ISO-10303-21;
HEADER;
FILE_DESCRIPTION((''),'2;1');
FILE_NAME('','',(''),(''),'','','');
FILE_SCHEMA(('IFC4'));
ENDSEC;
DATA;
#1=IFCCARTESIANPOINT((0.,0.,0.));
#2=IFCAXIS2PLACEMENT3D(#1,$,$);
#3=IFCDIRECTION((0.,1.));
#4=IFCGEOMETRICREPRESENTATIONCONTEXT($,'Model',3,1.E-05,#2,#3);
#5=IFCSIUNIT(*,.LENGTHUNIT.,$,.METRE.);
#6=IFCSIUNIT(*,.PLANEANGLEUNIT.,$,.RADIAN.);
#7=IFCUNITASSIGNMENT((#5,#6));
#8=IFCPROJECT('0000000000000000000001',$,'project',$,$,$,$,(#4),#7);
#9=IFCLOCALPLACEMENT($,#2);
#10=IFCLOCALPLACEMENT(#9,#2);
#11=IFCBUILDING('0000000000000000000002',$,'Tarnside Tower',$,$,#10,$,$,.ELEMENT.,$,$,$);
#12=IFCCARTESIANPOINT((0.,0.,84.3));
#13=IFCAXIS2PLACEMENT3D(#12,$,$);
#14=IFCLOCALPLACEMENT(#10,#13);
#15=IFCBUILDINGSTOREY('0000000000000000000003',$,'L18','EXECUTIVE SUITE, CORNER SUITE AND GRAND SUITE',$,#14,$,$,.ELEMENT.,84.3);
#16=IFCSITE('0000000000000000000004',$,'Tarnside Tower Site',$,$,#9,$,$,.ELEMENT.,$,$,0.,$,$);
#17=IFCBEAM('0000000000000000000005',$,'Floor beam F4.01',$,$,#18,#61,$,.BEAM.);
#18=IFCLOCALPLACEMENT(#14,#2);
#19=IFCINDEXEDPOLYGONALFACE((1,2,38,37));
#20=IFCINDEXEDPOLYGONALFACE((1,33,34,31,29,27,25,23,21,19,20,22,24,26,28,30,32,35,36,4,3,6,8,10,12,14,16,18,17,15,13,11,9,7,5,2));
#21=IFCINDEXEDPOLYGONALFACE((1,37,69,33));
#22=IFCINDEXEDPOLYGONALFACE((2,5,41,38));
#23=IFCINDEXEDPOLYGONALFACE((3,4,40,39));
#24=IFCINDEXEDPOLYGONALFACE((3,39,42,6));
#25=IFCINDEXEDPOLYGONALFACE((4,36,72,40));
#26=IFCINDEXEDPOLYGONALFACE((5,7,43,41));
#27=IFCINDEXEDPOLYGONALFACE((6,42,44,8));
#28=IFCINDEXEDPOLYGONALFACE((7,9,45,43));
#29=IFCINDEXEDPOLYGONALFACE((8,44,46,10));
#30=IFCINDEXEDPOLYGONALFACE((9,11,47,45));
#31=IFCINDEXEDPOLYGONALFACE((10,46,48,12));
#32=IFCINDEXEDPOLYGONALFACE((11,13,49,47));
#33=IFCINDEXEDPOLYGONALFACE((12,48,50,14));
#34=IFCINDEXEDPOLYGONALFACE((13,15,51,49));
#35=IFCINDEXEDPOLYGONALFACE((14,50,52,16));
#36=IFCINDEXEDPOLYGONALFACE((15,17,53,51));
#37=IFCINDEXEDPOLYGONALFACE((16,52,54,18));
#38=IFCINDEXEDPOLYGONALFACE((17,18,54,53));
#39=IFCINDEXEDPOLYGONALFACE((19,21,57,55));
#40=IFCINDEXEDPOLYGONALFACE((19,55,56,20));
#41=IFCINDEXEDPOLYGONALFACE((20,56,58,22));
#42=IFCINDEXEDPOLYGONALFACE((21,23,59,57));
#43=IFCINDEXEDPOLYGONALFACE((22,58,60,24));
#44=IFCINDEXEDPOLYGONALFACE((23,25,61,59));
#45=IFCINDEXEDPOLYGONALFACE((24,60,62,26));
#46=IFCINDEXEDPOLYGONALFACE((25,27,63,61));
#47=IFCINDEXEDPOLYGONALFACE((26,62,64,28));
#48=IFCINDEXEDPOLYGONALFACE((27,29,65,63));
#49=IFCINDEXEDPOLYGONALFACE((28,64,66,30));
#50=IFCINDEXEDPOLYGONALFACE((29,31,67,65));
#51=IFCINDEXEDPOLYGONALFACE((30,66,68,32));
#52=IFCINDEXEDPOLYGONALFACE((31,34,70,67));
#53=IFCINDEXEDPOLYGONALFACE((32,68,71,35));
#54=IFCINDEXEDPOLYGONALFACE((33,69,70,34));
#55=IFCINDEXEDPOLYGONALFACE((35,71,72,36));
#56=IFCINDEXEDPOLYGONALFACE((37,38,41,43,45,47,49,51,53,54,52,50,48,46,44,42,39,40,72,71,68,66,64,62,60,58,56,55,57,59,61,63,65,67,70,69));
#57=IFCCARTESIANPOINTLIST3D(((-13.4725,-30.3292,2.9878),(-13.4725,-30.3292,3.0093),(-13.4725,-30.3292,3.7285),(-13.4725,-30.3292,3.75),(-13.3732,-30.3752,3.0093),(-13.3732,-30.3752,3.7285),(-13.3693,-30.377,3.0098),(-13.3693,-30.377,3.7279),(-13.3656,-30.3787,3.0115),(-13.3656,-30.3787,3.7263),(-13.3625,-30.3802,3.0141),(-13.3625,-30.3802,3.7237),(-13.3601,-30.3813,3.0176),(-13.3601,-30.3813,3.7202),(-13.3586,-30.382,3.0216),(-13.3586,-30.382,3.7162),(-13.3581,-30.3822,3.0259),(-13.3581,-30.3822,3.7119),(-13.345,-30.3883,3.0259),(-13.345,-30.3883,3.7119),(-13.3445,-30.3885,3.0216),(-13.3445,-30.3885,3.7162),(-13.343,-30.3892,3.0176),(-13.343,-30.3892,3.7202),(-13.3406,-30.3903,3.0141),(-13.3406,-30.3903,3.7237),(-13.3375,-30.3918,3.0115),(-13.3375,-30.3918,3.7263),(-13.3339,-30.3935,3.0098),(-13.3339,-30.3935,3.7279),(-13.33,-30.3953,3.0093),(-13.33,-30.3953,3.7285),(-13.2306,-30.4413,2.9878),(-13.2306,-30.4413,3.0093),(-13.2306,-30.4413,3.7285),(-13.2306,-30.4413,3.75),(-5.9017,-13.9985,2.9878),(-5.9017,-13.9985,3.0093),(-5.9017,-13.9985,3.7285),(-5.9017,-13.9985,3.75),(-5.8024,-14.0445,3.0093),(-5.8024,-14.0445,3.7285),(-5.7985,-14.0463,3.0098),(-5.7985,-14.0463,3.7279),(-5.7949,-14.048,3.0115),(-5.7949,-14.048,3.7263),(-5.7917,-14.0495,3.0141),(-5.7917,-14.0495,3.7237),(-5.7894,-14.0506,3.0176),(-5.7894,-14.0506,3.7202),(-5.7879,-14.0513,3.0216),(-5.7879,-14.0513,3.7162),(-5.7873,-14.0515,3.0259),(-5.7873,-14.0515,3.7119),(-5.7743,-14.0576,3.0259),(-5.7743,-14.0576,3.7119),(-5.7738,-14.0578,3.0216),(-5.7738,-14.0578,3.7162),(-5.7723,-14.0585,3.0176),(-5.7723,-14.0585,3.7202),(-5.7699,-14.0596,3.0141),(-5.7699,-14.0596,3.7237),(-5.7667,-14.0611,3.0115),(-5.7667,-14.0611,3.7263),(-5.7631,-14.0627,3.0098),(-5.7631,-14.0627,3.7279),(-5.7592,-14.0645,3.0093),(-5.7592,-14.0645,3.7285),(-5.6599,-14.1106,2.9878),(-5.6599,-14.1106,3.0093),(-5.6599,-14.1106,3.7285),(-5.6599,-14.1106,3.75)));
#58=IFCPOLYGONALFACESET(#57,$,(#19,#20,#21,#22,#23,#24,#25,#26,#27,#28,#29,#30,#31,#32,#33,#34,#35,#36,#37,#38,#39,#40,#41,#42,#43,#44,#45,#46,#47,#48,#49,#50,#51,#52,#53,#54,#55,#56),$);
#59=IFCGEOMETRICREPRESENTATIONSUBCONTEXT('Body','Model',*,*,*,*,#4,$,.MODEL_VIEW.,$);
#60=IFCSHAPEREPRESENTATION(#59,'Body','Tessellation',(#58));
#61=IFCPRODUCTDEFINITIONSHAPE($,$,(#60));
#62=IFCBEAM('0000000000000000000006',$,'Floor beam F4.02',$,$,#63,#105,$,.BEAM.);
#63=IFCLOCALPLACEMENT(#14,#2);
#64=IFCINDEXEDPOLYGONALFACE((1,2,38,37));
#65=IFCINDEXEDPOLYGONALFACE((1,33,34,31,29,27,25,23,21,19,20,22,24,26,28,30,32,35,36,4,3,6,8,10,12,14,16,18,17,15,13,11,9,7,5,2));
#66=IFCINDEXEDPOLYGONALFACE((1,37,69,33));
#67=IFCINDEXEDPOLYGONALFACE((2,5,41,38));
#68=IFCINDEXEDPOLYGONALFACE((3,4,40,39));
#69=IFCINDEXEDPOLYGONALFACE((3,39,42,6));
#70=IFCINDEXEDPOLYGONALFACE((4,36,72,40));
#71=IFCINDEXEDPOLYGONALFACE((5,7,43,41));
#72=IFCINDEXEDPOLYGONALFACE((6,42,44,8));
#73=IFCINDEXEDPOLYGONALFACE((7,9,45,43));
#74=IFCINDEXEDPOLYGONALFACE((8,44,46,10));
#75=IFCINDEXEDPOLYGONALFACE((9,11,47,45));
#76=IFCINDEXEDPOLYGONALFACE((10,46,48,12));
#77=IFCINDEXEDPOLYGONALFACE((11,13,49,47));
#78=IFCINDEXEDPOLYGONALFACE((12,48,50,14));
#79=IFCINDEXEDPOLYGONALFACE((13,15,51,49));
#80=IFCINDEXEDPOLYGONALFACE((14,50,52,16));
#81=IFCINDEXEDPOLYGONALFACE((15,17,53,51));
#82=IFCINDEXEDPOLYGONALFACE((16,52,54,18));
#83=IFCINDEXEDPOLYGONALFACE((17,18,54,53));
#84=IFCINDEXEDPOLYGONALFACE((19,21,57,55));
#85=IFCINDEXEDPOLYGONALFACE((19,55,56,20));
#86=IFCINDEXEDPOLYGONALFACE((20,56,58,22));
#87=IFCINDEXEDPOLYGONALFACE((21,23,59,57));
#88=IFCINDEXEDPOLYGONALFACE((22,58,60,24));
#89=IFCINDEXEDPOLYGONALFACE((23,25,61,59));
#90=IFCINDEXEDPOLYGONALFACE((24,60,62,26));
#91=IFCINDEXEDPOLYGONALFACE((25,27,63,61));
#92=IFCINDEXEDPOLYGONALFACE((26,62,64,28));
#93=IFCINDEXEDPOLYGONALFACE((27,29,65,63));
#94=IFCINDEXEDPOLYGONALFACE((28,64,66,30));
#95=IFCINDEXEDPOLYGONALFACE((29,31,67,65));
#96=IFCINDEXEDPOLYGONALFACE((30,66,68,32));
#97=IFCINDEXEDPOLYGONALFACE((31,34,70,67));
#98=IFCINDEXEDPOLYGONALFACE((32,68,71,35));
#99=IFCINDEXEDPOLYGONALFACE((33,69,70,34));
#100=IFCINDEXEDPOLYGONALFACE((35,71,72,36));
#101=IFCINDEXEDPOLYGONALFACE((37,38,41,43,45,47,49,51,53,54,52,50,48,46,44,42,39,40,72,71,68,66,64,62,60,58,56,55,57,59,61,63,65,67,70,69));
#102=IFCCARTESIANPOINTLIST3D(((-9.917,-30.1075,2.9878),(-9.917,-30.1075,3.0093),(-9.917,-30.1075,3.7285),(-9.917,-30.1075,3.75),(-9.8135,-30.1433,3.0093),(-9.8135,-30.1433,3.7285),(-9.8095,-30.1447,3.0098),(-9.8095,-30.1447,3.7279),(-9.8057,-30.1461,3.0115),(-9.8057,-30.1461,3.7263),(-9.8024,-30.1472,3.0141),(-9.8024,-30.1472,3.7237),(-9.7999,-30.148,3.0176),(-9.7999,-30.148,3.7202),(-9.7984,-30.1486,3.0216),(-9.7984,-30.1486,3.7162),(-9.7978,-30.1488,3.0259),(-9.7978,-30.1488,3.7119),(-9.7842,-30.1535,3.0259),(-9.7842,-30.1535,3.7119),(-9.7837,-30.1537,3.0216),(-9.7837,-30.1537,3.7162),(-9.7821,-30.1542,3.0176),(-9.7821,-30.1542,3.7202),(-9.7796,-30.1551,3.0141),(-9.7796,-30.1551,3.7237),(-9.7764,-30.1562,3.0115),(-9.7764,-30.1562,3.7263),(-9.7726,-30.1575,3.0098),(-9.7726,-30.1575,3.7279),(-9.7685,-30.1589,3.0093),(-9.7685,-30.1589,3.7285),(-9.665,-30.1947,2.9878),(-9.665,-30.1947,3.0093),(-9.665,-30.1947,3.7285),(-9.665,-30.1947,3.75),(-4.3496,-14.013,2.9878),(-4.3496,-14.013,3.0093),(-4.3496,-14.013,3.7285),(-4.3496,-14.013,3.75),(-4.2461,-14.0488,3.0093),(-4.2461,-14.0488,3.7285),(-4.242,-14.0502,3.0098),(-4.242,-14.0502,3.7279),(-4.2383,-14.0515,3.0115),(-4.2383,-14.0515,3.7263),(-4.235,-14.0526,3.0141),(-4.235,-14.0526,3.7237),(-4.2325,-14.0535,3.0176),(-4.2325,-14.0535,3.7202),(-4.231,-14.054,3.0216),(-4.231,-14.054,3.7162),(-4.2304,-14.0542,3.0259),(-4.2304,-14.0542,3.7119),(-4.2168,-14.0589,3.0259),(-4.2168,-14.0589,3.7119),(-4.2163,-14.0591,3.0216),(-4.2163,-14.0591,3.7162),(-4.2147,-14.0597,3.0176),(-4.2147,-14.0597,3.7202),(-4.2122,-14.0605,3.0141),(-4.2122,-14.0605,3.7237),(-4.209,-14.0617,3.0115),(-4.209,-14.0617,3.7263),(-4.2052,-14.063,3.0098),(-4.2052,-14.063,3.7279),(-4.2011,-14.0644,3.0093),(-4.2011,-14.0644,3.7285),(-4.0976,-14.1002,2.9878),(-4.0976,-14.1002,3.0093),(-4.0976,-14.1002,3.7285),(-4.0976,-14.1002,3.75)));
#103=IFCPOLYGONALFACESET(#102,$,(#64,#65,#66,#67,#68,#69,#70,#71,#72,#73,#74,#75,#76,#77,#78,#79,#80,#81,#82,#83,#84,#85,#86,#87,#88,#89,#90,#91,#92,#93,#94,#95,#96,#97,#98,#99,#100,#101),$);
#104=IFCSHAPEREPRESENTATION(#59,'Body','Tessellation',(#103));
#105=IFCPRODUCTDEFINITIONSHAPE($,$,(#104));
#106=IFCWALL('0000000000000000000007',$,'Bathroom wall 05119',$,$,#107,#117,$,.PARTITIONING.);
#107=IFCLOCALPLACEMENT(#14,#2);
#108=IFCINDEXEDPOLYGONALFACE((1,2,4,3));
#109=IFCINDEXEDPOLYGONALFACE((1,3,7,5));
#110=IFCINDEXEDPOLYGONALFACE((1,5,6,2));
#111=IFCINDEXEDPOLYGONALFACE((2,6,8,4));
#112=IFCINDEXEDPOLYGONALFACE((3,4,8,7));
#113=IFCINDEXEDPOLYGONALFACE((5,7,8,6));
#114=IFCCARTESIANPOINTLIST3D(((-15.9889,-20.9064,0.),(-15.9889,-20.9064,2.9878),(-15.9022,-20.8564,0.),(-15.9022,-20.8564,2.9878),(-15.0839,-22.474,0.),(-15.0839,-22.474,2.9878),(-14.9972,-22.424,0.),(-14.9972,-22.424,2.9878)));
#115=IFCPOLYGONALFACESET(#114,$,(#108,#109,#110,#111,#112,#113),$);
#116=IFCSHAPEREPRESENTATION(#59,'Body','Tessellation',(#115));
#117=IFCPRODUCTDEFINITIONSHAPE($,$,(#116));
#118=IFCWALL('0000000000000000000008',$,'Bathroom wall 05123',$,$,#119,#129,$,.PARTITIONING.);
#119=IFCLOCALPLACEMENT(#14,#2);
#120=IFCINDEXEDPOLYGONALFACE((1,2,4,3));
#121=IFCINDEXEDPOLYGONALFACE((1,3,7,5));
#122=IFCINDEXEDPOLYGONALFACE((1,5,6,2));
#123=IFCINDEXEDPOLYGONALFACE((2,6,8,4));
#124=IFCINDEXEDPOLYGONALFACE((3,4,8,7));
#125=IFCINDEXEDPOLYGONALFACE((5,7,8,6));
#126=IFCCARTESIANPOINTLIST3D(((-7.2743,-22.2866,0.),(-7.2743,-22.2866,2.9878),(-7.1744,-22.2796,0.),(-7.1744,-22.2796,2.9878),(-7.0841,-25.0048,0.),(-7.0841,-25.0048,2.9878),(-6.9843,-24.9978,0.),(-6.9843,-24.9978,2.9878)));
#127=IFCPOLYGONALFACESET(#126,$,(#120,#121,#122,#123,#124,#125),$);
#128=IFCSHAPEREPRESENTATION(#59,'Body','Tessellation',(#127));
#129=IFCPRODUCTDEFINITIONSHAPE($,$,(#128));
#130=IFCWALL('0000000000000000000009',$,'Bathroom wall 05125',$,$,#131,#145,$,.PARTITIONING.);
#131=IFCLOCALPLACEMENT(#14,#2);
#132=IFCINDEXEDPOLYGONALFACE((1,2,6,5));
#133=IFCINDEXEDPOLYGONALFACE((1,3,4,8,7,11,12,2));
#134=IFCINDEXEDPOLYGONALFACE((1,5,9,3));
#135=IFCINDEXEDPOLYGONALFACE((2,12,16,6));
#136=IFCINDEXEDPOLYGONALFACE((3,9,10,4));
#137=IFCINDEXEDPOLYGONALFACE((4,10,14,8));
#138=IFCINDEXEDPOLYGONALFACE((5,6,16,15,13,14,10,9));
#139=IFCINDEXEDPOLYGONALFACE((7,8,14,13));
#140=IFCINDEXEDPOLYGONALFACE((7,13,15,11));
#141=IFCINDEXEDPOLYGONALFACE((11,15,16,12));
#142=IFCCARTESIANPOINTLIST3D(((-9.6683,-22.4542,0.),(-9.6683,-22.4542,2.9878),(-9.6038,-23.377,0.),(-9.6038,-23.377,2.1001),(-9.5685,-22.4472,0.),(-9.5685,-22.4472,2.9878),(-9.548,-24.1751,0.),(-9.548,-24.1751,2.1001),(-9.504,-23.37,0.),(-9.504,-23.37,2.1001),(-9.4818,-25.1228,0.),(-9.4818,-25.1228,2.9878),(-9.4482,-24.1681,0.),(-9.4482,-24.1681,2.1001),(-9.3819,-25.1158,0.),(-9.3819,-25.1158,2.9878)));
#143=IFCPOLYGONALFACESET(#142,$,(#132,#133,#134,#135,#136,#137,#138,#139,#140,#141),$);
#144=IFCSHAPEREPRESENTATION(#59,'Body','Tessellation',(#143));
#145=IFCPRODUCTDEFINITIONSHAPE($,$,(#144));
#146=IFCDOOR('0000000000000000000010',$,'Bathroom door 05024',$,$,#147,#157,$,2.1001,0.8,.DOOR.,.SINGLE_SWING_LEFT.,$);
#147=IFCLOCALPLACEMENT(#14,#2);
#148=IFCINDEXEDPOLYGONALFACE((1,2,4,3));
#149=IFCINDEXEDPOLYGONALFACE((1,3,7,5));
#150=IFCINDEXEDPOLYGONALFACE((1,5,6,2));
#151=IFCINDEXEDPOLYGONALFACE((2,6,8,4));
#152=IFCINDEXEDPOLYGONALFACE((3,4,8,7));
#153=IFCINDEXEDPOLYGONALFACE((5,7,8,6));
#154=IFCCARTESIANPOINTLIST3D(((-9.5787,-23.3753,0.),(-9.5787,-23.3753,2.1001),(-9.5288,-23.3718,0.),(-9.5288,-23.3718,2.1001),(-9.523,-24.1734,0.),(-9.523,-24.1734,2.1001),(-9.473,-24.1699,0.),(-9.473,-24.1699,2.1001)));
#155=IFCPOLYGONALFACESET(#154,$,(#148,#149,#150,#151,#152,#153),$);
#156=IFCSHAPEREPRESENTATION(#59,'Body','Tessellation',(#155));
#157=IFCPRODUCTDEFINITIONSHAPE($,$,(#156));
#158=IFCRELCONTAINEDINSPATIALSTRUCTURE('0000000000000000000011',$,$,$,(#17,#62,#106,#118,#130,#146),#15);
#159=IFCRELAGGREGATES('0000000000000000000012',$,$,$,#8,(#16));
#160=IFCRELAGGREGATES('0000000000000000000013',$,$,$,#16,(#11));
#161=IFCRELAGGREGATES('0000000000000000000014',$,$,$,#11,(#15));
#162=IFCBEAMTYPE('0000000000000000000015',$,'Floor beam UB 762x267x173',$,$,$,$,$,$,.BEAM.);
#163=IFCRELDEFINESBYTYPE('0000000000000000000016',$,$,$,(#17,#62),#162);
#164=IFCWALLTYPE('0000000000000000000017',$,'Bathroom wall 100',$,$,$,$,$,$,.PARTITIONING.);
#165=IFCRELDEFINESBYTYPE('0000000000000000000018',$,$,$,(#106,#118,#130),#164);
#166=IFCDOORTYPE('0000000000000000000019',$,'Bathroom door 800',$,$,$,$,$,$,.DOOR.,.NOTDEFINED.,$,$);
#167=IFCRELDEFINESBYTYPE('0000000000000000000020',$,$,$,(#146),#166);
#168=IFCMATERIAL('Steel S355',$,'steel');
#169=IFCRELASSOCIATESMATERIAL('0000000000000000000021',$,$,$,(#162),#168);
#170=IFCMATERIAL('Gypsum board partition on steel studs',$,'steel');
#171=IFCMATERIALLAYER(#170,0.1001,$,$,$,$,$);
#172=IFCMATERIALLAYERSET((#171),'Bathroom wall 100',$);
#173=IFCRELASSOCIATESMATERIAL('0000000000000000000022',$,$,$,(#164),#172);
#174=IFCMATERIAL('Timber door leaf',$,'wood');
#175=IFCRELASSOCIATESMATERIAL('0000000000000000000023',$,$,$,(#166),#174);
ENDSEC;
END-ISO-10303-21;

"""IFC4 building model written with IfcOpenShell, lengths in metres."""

from ifc_helpers import new_model, si_unit, direction, frame, frame_2d, origin, origin_2d, place, context, subcontext, project, spatial, rectangle, i_section, extrude, material, layer, layer_set, material_profile, profile_set, type_object, element, fill, save


model = new_model("IFC4")

# Units and contexts
model_context = context("Model", 3, precision=1e-05, world=origin(), true_north=direction((0.0, 1.0)))
body_context = subcontext(model_context, "Body", "Model", "MODEL_VIEW")
ifc_project = project(units=[si_unit("LENGTHUNIT", "METRE"), si_unit("PLANEANGLEUNIT", "RADIAN")], contexts=[model_context])

# Site, building, storey
site_placement = place(None, origin())
site = spatial("IfcSite", under=ifc_project, at=site_placement, Name="Tarnside Tower Site", CompositionType="ELEMENT", RefElevation=0.0)
building_placement = place(site_placement, origin())
building = spatial("IfcBuilding", under=site, at=building_placement, Name="Tarnside Tower", CompositionType="ELEMENT")
storey_placement = place(building_placement, frame((0.0, 0.0, 84.3)))
storey = spatial("IfcBuildingStorey", under=building, at=storey_placement, Name="L18", Description="EXECUTIVE SUITE, CORNER SUITE AND GRAND SUITE", CompositionType="ELEMENT", Elevation=84.3)

# Beams
ifc_material_1 = material(Name="Steel S355", Category="steel")
ifc_material_profile = material_profile(ifc_material_1, i_section(OverallWidth=0.2666, OverallDepth=0.7622, WebThickness=0.0144, FlangeThickness=0.0215, FilletRadius=0.0166, at=origin_2d()), Name="UB 762x267x173")
ifc_profile_set = profile_set([ifc_material_profile], Name="Steel S355")
beam_type = type_object("IfcBeamType", Name="Floor beam UB 762x267x173", PredefinedType="BEAM", material=ifc_profile_set)
beam_1_placement = place(storey_placement, frame((-13.3516, -30.3853, 3.3689), z_axis=(0.420592, 0.90725, 0.0), x_axis=(-0.90725, 0.420592, 0.0)))
element("IfcBeam", 1, at=beam_1_placement, inside=storey, type_object=beam_type, Name="Floor beam F4.01", PredefinedType="BEAM", context=body_context, shape_type="SweptSolid", body=[
    extrude(i_section(OverallWidth=0.2666, OverallDepth=0.7622, WebThickness=0.0144, FlangeThickness=0.0215, FilletRadius=0.0166, at=origin_2d()), origin(), (0.0, 0.0, 1.0), 18.0002),
])
beam_2_placement = place(storey_placement, frame((-9.791, -30.1511, 3.3689), z_axis=(0.326912, 0.945055, 0.0), x_axis=(-0.945055, 0.326912, 0.0)))
element("IfcBeam", 2, at=beam_2_placement, inside=storey, type_object=beam_type, Name="Floor beam F4.02", PredefinedType="BEAM", context=body_context, shape_type="SweptSolid", body=[
    extrude(i_section(OverallWidth=0.2666, OverallDepth=0.7622, WebThickness=0.0144, FlangeThickness=0.0215, FilletRadius=0.0166, at=origin_2d()), origin(), (0.0, 0.0, 1.0), 17.0303),
])

# Walls
ifc_material_2 = material(Name="Gypsum board partition on steel studs", Category="steel")
ifc_layer_1 = layer(ifc_material_2, 0.1001)
ifc_layer_set_1 = layer_set([ifc_layer_1], Name="Bathroom wall 100")
wall_type_1 = type_object("IfcWallType", Name="Bathroom wall 100", PredefinedType="PARTITIONING", material=ifc_layer_set_1)
wall_1_placement = place(storey_placement, frame((-15.0405, -22.449, 0.0), z_axis=(0.0, 0.0, 1.0), x_axis=(-0.499983, 0.866035, 0.0)))
element("IfcWall", 3, at=wall_1_placement, inside=storey, type_object=wall_type_1, Name="Bathroom wall 05119", PredefinedType="PARTITIONING", context=body_context, shape_type="SweptSolid", body=[
    extrude(rectangle(XDim=1.8101, YDim=0.1001, at=frame_2d((0.905, 0.0))), origin(), (0.0, 0.0, 1.0), 2.9878),
])
wall_2_placement = place(storey_placement, frame((-7.2244, -22.2832, 0.0), z_axis=(0.0, 0.0, 1.0), x_axis=(0.069795, -0.997561, 0.0)))
element("IfcWall", 4, at=wall_2_placement, inside=storey, type_object=wall_type_1, Name="Bathroom wall 05123", PredefinedType="PARTITIONING", context=body_context, shape_type="SweptSolid", body=[
    extrude(rectangle(XDim=2.7249, YDim=0.1001, at=frame_2d((1.3623, 0.0))), origin(), (0.0, 0.0, 1.0), 2.9878),
])

# Wall, opening, door
wall_3_placement = place(storey_placement, frame((-9.4319, -25.1191, 0.0), z_axis=(0.0, 0.0, 1.0), x_axis=(-0.069729, 0.997566, 0.0)))
wall_3 = element("IfcWall", 5, at=wall_3_placement, inside=storey, type_object=wall_type_1, Name="Bathroom wall 05125", PredefinedType="PARTITIONING", context=body_context, shape_type="SweptSolid", body=[
    extrude(rectangle(XDim=2.675, YDim=0.1001, at=frame_2d((1.3374, 0.0))), origin(), (0.0, 0.0, 1.0), 2.9878),
])
opening_1_placement = place(wall_3_placement, frame((0.95, 0.0, 0.0)))
opening_1 = element("IfcOpeningElement", 6, at=opening_1_placement, cuts=wall_3, PredefinedType="OPENING", context=body_context, shape_type="SweptSolid", body=[
    extrude(rectangle(XDim=0.8, YDim=2.1001, at=frame_2d((0.3999, 1.05))), frame((0.0, 0.0601, 0.0), z_axis=(0.0, -1.0, 0.0), x_axis=(1.0, 0.0, 0.0)), (0.0, 0.0, 1.0), 0.1201),
])
ifc_material_3 = material(Name="Timber door leaf", Category="wood")
door_type_1 = type_object("IfcDoorType", Name="Bathroom door 800", OperationType="NOTDEFINED", PredefinedType="DOOR", material=ifc_material_3)
door_1_placement = place(opening_1_placement, origin())
door_1 = element("IfcDoor", 7, at=door_1_placement, inside=storey, type_object=door_type_1, Name="Bathroom door 05024", OperationType="SINGLE_SWING_LEFT", OverallHeight=2.1001, OverallWidth=0.8, PredefinedType="DOOR", context=body_context, shape_type="SweptSolid", body=[
    extrude(rectangle(XDim=0.8, YDim=2.1001, at=frame_2d((0.3999, 1.05))), frame((0.0, 0.0249, 0.0), z_axis=(0.0, -1.0, 0.0), x_axis=(1.0, 0.0, 0.0)), (0.0, 0.0, 1.0), 0.05),
])
fill(opening_1, door_1)

save(model, "model.ifc")
